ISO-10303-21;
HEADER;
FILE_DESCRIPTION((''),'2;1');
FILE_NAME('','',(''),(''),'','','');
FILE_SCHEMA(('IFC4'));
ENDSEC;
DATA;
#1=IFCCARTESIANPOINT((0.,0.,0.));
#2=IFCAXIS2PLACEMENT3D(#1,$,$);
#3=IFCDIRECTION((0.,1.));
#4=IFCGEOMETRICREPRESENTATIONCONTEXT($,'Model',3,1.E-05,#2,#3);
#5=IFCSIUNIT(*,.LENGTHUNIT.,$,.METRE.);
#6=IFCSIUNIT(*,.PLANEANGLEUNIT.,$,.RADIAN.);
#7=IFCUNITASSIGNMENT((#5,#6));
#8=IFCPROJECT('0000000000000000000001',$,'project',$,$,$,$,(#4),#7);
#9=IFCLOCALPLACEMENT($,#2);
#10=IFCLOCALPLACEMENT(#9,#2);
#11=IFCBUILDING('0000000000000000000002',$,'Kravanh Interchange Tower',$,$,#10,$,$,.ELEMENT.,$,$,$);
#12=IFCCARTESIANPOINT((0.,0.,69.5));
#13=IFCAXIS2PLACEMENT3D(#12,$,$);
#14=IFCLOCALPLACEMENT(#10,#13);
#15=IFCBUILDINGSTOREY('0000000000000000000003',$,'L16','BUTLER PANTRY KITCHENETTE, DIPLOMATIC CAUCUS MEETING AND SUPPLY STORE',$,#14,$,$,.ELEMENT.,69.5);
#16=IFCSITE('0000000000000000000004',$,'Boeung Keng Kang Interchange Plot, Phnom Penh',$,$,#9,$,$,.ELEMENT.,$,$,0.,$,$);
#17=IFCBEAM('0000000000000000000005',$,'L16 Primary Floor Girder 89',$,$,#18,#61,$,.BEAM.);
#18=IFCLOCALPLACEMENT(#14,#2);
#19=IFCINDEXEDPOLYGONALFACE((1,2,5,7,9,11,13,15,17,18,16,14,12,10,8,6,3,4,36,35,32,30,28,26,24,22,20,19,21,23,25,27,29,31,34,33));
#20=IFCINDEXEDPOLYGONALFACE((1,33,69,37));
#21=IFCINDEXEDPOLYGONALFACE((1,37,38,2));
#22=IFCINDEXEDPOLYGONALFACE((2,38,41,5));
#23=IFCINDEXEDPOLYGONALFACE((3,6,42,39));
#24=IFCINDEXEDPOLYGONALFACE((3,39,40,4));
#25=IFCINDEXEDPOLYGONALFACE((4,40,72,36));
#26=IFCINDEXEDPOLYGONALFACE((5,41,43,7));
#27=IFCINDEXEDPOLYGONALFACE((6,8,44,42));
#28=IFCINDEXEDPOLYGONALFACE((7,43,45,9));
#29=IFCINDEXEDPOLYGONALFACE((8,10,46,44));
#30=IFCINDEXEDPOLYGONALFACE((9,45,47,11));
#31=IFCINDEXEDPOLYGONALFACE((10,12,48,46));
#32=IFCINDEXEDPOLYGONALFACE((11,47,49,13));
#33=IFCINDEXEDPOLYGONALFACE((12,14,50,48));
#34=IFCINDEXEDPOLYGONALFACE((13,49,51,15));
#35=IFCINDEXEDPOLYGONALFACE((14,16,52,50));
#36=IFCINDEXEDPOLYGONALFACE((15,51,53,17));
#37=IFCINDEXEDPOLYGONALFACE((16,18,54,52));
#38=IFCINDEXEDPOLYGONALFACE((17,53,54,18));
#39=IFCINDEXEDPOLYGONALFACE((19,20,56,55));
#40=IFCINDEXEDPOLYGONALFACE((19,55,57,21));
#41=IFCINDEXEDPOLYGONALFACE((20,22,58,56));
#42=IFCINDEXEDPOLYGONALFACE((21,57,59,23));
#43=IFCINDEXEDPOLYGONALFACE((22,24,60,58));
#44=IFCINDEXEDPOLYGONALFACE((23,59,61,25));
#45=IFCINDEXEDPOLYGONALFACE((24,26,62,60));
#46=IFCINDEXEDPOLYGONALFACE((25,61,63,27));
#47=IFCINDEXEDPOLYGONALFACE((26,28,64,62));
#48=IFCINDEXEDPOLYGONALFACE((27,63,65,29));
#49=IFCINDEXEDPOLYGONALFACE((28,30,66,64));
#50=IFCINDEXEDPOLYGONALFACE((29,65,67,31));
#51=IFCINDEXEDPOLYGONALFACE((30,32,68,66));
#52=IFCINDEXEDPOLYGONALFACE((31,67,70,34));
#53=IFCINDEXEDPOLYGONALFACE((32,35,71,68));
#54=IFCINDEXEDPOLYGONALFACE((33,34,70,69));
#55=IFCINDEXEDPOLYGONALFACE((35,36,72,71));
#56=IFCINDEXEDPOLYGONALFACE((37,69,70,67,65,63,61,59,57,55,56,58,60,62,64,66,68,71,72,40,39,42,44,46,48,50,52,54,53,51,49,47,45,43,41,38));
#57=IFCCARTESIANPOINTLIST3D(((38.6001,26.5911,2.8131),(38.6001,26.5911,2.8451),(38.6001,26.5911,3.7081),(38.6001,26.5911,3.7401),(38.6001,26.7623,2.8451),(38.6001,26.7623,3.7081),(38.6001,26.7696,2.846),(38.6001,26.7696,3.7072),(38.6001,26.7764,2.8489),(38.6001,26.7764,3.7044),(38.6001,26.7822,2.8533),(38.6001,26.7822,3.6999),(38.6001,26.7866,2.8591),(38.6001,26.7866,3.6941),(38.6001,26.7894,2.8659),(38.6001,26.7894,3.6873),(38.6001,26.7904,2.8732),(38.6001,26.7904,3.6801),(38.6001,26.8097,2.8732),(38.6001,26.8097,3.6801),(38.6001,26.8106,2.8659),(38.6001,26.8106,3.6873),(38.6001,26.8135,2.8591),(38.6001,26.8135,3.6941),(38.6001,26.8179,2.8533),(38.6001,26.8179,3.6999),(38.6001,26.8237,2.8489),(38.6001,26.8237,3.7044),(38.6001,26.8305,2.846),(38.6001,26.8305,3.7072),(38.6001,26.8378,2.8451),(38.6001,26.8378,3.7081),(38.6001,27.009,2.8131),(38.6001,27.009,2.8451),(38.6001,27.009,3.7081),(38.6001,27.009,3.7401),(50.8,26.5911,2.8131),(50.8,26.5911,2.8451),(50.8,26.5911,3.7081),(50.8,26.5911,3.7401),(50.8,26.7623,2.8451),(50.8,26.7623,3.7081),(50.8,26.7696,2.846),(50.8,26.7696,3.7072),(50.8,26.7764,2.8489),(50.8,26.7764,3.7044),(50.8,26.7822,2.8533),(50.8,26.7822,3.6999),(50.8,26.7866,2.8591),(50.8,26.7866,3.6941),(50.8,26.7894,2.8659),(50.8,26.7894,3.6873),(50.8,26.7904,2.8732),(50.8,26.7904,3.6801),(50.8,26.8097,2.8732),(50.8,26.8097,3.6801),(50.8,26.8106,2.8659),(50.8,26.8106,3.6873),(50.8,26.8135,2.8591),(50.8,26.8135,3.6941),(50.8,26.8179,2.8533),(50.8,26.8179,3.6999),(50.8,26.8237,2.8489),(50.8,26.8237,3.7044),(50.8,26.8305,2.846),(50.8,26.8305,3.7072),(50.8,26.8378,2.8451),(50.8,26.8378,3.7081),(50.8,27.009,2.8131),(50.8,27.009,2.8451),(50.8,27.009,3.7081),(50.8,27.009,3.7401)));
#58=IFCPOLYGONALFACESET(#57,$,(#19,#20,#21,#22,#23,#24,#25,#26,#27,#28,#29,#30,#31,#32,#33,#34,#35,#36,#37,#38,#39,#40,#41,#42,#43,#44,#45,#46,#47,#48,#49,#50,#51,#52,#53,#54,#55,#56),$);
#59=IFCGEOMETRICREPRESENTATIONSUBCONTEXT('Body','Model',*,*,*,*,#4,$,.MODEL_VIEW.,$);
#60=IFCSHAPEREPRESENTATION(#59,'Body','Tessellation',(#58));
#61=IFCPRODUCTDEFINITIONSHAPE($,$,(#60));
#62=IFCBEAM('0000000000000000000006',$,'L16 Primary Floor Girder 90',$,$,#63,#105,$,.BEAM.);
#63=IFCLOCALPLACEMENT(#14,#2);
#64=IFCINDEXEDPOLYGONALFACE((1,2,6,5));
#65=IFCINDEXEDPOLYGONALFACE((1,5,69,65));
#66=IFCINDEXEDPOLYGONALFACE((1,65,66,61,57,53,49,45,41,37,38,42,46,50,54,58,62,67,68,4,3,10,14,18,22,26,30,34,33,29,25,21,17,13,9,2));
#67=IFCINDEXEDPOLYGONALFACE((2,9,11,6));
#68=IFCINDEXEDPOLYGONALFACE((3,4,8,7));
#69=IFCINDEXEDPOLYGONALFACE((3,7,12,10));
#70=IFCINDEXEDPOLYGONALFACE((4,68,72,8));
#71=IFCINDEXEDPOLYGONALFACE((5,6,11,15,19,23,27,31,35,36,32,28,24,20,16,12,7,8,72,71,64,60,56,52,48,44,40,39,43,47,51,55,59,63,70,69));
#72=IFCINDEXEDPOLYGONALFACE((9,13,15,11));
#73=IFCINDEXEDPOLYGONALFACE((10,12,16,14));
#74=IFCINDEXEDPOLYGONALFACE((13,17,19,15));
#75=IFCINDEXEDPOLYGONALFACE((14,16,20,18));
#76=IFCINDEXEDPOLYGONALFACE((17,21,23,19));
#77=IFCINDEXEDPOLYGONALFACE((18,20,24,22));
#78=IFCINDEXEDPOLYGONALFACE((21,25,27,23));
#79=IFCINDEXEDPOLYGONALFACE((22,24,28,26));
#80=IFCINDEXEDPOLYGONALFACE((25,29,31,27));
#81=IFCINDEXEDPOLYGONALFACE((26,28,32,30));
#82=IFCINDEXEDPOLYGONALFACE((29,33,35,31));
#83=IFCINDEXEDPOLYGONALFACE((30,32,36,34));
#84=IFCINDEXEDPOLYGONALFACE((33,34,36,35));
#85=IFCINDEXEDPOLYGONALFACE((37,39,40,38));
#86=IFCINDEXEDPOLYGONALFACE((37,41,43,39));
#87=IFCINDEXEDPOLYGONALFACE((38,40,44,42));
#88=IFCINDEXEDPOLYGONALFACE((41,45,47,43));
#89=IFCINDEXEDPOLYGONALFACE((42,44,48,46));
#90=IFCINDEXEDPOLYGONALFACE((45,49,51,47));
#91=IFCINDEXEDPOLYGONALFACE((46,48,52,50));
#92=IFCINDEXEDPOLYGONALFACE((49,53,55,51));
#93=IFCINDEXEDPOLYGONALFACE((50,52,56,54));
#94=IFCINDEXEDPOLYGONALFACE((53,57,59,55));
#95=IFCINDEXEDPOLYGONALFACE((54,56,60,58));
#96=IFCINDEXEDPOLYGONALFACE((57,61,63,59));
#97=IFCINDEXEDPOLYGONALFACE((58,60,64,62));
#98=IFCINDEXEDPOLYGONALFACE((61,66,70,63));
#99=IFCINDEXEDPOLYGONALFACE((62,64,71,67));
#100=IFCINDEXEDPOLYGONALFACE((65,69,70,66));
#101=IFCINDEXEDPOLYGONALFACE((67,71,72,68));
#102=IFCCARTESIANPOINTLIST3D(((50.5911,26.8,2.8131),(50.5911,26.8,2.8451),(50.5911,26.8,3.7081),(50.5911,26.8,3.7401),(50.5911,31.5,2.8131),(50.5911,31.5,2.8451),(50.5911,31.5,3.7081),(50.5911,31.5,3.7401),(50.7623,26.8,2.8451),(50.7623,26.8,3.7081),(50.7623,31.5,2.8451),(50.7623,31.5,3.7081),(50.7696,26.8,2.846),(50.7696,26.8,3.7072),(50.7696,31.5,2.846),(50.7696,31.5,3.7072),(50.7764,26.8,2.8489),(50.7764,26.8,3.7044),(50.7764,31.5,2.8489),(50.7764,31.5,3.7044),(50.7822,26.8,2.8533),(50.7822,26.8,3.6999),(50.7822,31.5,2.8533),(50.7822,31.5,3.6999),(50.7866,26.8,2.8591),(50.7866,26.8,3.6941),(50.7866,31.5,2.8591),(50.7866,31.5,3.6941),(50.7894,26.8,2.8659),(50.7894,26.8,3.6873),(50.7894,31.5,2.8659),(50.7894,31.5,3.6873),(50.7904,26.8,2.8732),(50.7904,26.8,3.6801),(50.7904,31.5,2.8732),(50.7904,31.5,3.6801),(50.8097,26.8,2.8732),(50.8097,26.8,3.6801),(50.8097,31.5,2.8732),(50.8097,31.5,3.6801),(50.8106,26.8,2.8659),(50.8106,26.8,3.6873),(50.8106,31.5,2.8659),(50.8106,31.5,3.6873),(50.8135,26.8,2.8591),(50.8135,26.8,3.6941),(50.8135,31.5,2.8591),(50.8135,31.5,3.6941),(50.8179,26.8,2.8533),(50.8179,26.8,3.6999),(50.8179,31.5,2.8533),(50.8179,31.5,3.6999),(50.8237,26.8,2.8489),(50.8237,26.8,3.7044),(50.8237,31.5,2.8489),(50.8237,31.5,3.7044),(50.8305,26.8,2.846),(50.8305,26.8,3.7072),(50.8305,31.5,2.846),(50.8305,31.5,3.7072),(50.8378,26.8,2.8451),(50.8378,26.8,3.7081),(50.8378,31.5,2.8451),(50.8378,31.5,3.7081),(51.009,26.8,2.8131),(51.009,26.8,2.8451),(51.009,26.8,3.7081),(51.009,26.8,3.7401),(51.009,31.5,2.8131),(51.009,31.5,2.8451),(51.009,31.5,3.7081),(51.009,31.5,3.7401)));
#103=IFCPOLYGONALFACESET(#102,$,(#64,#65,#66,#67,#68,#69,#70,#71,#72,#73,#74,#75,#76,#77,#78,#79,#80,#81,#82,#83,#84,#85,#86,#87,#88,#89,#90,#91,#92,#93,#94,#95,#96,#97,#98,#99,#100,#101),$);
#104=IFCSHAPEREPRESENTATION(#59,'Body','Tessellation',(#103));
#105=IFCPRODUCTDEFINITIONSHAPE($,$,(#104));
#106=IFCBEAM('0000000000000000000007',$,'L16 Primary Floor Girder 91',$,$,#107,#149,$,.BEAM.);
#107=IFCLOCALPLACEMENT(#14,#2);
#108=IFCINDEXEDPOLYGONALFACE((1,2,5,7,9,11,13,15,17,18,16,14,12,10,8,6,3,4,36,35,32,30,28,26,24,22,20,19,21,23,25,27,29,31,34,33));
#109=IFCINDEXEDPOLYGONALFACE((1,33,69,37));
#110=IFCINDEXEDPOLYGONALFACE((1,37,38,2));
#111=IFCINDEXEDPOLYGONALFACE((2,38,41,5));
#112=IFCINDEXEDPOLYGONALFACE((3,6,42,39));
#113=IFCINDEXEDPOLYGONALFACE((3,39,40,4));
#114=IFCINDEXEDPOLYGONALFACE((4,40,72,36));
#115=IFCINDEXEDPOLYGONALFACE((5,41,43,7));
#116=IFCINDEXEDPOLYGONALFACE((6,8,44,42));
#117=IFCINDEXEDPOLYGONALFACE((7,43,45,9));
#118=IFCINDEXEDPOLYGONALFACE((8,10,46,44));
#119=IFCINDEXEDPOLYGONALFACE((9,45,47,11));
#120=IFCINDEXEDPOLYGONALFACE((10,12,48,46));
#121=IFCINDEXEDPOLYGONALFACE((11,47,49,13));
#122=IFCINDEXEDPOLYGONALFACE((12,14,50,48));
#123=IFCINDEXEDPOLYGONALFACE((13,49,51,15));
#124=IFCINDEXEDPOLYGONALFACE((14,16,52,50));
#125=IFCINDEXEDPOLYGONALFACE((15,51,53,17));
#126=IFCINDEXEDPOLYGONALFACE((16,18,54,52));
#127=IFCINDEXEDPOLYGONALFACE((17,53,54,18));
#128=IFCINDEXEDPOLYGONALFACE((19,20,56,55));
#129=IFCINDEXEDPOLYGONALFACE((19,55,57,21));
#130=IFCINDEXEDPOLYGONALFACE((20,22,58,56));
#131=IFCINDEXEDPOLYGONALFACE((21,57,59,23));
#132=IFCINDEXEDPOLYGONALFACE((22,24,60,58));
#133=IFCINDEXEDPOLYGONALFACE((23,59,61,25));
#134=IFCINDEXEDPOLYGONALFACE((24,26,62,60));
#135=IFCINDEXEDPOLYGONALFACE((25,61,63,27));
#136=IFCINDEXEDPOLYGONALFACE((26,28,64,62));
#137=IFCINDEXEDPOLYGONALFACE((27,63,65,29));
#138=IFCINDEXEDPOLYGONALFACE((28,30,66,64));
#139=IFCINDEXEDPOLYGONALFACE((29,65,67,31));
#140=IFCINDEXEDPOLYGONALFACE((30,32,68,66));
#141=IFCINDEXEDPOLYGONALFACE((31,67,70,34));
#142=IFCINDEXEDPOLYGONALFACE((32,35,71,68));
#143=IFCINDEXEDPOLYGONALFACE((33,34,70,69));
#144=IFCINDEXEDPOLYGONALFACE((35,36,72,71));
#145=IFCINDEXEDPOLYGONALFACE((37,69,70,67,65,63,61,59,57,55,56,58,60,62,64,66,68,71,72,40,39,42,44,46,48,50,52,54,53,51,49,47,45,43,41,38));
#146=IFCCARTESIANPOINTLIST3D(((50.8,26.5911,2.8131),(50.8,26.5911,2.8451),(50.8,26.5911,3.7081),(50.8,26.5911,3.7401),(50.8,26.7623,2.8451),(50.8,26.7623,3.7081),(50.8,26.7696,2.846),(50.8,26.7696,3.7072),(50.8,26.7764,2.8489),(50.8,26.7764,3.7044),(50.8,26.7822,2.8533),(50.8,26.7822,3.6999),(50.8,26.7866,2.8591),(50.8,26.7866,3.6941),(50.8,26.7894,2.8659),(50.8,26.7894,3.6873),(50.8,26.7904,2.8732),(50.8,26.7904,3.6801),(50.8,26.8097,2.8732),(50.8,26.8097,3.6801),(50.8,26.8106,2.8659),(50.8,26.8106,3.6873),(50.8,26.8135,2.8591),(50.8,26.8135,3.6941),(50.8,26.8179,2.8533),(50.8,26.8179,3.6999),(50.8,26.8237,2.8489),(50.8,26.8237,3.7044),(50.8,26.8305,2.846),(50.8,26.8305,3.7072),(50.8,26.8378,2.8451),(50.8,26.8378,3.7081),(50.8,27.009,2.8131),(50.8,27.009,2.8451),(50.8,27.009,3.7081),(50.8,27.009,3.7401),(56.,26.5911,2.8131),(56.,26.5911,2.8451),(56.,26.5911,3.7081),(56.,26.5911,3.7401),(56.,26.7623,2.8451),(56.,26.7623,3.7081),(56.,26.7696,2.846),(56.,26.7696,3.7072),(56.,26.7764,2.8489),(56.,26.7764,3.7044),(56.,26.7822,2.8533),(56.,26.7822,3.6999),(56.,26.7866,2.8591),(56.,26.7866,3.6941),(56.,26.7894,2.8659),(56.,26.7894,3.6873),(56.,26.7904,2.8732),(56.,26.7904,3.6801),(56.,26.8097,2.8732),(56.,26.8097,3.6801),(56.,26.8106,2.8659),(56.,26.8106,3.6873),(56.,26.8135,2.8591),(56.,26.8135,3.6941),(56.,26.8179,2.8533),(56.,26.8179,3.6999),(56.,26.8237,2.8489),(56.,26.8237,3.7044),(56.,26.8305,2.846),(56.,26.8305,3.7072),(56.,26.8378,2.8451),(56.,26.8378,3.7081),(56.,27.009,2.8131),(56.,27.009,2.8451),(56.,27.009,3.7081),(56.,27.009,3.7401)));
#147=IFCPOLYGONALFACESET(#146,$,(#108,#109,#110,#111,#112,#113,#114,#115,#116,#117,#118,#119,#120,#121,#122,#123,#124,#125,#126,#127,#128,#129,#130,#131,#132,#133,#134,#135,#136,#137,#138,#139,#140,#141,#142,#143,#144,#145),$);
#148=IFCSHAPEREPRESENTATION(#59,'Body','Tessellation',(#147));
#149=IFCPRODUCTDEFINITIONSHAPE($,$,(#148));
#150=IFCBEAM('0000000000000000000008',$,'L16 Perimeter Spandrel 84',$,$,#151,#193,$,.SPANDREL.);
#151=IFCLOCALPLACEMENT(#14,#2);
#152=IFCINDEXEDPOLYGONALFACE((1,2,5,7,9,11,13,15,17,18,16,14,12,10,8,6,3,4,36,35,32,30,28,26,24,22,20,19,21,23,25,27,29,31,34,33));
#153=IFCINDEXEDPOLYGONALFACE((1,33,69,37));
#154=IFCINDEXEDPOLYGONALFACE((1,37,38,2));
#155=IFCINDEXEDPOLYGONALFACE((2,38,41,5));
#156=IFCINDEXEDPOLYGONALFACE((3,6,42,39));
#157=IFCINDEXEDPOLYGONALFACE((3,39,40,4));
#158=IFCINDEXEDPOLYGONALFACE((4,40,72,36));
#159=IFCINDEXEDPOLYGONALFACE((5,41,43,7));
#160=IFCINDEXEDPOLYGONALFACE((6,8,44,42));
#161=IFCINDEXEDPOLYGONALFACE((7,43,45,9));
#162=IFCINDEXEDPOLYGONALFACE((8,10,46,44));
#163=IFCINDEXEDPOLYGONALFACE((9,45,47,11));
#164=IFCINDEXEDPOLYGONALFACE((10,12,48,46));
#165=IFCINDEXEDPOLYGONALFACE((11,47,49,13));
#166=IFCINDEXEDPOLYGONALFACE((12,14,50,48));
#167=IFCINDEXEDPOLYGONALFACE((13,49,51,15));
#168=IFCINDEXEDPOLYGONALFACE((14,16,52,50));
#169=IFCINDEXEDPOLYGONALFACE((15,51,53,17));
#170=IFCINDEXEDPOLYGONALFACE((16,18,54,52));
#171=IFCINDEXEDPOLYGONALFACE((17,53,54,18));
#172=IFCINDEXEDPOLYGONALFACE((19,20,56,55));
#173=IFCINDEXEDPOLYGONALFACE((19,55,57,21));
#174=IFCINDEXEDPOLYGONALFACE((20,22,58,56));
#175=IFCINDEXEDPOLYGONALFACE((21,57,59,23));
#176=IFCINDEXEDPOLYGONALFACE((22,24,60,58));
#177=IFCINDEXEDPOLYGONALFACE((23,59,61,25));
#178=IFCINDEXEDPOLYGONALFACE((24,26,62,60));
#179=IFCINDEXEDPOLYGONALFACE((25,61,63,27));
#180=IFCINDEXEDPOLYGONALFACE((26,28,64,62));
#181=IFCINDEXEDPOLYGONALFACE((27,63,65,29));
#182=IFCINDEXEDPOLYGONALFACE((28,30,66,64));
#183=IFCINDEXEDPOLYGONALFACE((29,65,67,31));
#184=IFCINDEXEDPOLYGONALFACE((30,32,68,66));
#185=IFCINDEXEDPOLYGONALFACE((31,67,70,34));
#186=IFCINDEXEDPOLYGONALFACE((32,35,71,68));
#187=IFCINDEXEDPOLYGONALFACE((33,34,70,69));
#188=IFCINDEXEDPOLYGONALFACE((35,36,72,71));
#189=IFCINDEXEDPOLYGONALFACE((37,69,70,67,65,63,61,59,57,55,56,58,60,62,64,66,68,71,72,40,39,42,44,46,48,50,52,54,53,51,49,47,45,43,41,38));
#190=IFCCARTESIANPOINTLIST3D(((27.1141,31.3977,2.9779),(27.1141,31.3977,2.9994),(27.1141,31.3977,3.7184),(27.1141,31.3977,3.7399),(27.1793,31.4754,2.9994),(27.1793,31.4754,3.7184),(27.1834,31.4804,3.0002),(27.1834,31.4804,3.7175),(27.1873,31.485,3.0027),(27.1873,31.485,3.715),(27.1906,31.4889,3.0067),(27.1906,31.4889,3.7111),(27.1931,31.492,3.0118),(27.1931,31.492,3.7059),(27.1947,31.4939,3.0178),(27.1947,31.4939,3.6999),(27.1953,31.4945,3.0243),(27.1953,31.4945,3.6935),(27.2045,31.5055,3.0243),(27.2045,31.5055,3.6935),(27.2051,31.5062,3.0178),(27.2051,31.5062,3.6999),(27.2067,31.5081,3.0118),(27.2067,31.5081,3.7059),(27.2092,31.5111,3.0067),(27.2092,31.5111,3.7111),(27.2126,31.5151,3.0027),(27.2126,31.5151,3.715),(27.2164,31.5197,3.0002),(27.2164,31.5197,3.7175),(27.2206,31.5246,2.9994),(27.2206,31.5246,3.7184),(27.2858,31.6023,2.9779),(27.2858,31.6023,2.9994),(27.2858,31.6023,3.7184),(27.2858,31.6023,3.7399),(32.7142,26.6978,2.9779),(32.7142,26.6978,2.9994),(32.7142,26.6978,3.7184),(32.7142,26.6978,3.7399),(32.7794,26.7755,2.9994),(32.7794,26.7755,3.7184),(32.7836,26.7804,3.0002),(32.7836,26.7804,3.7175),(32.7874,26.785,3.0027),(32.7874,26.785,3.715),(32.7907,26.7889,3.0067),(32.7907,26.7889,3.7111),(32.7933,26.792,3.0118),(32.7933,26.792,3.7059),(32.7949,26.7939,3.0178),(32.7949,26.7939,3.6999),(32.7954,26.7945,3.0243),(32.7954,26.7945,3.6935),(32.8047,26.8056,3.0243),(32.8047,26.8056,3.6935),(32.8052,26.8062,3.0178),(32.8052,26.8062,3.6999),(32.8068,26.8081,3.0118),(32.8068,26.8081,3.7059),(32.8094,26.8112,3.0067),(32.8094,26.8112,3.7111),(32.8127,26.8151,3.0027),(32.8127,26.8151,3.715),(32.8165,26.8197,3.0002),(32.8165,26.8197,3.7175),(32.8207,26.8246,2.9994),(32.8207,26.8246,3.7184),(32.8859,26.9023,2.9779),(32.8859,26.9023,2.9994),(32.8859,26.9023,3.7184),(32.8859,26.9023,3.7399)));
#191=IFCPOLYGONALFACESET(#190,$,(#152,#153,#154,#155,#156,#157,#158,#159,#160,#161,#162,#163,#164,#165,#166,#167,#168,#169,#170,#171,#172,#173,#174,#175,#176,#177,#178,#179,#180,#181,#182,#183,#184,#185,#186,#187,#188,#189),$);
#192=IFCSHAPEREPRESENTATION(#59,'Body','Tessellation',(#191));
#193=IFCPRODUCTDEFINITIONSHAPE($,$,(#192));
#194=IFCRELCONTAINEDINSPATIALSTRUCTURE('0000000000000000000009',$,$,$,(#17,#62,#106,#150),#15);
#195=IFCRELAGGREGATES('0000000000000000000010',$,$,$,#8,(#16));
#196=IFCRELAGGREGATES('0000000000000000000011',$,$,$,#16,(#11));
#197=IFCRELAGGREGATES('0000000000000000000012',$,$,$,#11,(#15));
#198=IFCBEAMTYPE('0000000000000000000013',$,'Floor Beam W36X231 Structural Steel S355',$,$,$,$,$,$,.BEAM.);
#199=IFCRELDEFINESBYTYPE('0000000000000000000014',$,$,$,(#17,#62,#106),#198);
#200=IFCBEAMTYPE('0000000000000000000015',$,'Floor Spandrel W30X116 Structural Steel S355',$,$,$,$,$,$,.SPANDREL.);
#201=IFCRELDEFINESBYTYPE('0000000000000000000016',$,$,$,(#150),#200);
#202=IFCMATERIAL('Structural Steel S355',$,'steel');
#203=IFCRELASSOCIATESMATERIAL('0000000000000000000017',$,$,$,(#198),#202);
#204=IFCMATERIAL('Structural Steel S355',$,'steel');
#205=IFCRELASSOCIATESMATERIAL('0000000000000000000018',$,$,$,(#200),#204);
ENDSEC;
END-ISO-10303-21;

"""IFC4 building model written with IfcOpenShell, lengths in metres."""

from ifc_helpers import new_model, si_unit, direction, frame, origin, origin_2d, place, context, subcontext, project, spatial, i_section, extrude, material, material_profile, profile_set, type_object, element, save


model = new_model("IFC4")

# Units and contexts
model_context = context("Model", 3, precision=1e-05, world=origin(), true_north=direction((0.0, 1.0)))
body_context = subcontext(model_context, "Body", "Model", "MODEL_VIEW")
ifc_project = project(units=[si_unit("LENGTHUNIT", "METRE"), si_unit("PLANEANGLEUNIT", "RADIAN")], contexts=[model_context])

# Site, building, storey
site_placement = place(None, origin())
site = spatial("IfcSite", under=ifc_project, at=site_placement, Name="Boeung Keng Kang Interchange Plot, Phnom Penh", CompositionType="ELEMENT", RefElevation=0.0)
building_placement = place(site_placement, origin())
building = spatial("IfcBuilding", under=site, at=building_placement, Name="Kravanh Interchange Tower", CompositionType="ELEMENT")
storey_placement = place(building_placement, frame((0.0, 0.0, 69.5)))
storey = spatial("IfcBuildingStorey", under=building, at=storey_placement, Name="L16", Description="BUTLER PANTRY KITCHENETTE, DIPLOMATIC CAUCUS MEETING AND SUPPLY STORE", CompositionType="ELEMENT", Elevation=69.5)

# Beams
ifc_material_1 = material(Name="Structural Steel S355", Category="steel")
ifc_material_profile_1 = material_profile(ifc_material_1, i_section(OverallWidth=0.418, OverallDepth=0.927, WebThickness=0.0193, FlangeThickness=0.032, FilletRadius=0.0281, at=origin_2d()), Name="W36X231")
ifc_profile_set_1 = profile_set([ifc_material_profile_1], Name="Structural Steel S355")
beam_type_1 = type_object("IfcBeamType", Name="Floor Beam W36X231 Structural Steel S355", PredefinedType="BEAM", material=ifc_profile_set_1)
beam_1_placement = place(storey_placement, frame((38.6001, 26.8, 3.2766), z_axis=(1.0, 0.0, 0.0), x_axis=(0.0, 1.0, 0.0)))
element("IfcBeam", 1, at=beam_1_placement, inside=storey, type_object=beam_type_1, Name="L16 Primary Floor Girder 89", PredefinedType="BEAM", context=body_context, shape_type="SweptSolid", body=[
    extrude(i_section(OverallWidth=0.418, OverallDepth=0.927, WebThickness=0.0193, FlangeThickness=0.032, FilletRadius=0.0281, at=origin_2d()), origin(), (0.0, 0.0, 1.0), 12.2),
])
beam_2_placement = place(storey_placement, frame((50.8, 26.8, 3.2766), z_axis=(0.0, 1.0, 0.0), x_axis=(-1.0, 0.0, 0.0)))
element("IfcBeam", 2, at=beam_2_placement, inside=storey, type_object=beam_type_1, Name="L16 Primary Floor Girder 90", PredefinedType="BEAM", context=body_context, shape_type="SweptSolid", body=[
    extrude(i_section(OverallWidth=0.418, OverallDepth=0.927, WebThickness=0.0193, FlangeThickness=0.032, FilletRadius=0.0281, at=origin_2d()), origin(), (0.0, 0.0, 1.0), 4.7),
])
beam_3_placement = place(storey_placement, frame((50.8, 26.8, 3.2766), z_axis=(1.0, 0.0, 0.0), x_axis=(0.0, 1.0, 0.0)))
element("IfcBeam", 3, at=beam_3_placement, inside=storey, type_object=beam_type_1, Name="L16 Primary Floor Girder 91", PredefinedType="BEAM", context=body_context, shape_type="SweptSolid", body=[
    extrude(i_section(OverallWidth=0.418, OverallDepth=0.927, WebThickness=0.0193, FlangeThickness=0.032, FilletRadius=0.0281, at=origin_2d()), origin(), (0.0, 0.0, 1.0), 5.2),
])
ifc_material_2 = material(Name="Structural Steel S355", Category="steel")
ifc_material_profile_2 = material_profile(ifc_material_2, i_section(OverallWidth=0.2671, OverallDepth=0.762, WebThickness=0.0144, FlangeThickness=0.0215, FilletRadius=0.0249, at=origin_2d()), Name="W30X116")
ifc_profile_set_2 = profile_set([ifc_material_profile_2], Name="Structural Steel S355")
beam_type_2 = type_object("IfcBeamType", Name="Floor Spandrel W30X116 Structural Steel S355", PredefinedType="SPANDREL", material=ifc_profile_set_2)
beam_4_placement = place(storey_placement, frame((32.8, 26.8, 3.3589), z_axis=(-0.765983, 0.642861, 0.0), x_axis=(-0.642861, -0.765983, 0.0)))
element("IfcBeam", 4, at=beam_4_placement, inside=storey, type_object=beam_type_2, Name="L16 Perimeter Spandrel 84", PredefinedType="SPANDREL", context=body_context, shape_type="SweptSolid", body=[
    extrude(i_section(OverallWidth=0.2671, OverallDepth=0.762, WebThickness=0.0144, FlangeThickness=0.0215, FilletRadius=0.0249, at=origin_2d()), origin(), (0.0, 0.0, 1.0), 7.311),
])

save(model, "model.ifc")
